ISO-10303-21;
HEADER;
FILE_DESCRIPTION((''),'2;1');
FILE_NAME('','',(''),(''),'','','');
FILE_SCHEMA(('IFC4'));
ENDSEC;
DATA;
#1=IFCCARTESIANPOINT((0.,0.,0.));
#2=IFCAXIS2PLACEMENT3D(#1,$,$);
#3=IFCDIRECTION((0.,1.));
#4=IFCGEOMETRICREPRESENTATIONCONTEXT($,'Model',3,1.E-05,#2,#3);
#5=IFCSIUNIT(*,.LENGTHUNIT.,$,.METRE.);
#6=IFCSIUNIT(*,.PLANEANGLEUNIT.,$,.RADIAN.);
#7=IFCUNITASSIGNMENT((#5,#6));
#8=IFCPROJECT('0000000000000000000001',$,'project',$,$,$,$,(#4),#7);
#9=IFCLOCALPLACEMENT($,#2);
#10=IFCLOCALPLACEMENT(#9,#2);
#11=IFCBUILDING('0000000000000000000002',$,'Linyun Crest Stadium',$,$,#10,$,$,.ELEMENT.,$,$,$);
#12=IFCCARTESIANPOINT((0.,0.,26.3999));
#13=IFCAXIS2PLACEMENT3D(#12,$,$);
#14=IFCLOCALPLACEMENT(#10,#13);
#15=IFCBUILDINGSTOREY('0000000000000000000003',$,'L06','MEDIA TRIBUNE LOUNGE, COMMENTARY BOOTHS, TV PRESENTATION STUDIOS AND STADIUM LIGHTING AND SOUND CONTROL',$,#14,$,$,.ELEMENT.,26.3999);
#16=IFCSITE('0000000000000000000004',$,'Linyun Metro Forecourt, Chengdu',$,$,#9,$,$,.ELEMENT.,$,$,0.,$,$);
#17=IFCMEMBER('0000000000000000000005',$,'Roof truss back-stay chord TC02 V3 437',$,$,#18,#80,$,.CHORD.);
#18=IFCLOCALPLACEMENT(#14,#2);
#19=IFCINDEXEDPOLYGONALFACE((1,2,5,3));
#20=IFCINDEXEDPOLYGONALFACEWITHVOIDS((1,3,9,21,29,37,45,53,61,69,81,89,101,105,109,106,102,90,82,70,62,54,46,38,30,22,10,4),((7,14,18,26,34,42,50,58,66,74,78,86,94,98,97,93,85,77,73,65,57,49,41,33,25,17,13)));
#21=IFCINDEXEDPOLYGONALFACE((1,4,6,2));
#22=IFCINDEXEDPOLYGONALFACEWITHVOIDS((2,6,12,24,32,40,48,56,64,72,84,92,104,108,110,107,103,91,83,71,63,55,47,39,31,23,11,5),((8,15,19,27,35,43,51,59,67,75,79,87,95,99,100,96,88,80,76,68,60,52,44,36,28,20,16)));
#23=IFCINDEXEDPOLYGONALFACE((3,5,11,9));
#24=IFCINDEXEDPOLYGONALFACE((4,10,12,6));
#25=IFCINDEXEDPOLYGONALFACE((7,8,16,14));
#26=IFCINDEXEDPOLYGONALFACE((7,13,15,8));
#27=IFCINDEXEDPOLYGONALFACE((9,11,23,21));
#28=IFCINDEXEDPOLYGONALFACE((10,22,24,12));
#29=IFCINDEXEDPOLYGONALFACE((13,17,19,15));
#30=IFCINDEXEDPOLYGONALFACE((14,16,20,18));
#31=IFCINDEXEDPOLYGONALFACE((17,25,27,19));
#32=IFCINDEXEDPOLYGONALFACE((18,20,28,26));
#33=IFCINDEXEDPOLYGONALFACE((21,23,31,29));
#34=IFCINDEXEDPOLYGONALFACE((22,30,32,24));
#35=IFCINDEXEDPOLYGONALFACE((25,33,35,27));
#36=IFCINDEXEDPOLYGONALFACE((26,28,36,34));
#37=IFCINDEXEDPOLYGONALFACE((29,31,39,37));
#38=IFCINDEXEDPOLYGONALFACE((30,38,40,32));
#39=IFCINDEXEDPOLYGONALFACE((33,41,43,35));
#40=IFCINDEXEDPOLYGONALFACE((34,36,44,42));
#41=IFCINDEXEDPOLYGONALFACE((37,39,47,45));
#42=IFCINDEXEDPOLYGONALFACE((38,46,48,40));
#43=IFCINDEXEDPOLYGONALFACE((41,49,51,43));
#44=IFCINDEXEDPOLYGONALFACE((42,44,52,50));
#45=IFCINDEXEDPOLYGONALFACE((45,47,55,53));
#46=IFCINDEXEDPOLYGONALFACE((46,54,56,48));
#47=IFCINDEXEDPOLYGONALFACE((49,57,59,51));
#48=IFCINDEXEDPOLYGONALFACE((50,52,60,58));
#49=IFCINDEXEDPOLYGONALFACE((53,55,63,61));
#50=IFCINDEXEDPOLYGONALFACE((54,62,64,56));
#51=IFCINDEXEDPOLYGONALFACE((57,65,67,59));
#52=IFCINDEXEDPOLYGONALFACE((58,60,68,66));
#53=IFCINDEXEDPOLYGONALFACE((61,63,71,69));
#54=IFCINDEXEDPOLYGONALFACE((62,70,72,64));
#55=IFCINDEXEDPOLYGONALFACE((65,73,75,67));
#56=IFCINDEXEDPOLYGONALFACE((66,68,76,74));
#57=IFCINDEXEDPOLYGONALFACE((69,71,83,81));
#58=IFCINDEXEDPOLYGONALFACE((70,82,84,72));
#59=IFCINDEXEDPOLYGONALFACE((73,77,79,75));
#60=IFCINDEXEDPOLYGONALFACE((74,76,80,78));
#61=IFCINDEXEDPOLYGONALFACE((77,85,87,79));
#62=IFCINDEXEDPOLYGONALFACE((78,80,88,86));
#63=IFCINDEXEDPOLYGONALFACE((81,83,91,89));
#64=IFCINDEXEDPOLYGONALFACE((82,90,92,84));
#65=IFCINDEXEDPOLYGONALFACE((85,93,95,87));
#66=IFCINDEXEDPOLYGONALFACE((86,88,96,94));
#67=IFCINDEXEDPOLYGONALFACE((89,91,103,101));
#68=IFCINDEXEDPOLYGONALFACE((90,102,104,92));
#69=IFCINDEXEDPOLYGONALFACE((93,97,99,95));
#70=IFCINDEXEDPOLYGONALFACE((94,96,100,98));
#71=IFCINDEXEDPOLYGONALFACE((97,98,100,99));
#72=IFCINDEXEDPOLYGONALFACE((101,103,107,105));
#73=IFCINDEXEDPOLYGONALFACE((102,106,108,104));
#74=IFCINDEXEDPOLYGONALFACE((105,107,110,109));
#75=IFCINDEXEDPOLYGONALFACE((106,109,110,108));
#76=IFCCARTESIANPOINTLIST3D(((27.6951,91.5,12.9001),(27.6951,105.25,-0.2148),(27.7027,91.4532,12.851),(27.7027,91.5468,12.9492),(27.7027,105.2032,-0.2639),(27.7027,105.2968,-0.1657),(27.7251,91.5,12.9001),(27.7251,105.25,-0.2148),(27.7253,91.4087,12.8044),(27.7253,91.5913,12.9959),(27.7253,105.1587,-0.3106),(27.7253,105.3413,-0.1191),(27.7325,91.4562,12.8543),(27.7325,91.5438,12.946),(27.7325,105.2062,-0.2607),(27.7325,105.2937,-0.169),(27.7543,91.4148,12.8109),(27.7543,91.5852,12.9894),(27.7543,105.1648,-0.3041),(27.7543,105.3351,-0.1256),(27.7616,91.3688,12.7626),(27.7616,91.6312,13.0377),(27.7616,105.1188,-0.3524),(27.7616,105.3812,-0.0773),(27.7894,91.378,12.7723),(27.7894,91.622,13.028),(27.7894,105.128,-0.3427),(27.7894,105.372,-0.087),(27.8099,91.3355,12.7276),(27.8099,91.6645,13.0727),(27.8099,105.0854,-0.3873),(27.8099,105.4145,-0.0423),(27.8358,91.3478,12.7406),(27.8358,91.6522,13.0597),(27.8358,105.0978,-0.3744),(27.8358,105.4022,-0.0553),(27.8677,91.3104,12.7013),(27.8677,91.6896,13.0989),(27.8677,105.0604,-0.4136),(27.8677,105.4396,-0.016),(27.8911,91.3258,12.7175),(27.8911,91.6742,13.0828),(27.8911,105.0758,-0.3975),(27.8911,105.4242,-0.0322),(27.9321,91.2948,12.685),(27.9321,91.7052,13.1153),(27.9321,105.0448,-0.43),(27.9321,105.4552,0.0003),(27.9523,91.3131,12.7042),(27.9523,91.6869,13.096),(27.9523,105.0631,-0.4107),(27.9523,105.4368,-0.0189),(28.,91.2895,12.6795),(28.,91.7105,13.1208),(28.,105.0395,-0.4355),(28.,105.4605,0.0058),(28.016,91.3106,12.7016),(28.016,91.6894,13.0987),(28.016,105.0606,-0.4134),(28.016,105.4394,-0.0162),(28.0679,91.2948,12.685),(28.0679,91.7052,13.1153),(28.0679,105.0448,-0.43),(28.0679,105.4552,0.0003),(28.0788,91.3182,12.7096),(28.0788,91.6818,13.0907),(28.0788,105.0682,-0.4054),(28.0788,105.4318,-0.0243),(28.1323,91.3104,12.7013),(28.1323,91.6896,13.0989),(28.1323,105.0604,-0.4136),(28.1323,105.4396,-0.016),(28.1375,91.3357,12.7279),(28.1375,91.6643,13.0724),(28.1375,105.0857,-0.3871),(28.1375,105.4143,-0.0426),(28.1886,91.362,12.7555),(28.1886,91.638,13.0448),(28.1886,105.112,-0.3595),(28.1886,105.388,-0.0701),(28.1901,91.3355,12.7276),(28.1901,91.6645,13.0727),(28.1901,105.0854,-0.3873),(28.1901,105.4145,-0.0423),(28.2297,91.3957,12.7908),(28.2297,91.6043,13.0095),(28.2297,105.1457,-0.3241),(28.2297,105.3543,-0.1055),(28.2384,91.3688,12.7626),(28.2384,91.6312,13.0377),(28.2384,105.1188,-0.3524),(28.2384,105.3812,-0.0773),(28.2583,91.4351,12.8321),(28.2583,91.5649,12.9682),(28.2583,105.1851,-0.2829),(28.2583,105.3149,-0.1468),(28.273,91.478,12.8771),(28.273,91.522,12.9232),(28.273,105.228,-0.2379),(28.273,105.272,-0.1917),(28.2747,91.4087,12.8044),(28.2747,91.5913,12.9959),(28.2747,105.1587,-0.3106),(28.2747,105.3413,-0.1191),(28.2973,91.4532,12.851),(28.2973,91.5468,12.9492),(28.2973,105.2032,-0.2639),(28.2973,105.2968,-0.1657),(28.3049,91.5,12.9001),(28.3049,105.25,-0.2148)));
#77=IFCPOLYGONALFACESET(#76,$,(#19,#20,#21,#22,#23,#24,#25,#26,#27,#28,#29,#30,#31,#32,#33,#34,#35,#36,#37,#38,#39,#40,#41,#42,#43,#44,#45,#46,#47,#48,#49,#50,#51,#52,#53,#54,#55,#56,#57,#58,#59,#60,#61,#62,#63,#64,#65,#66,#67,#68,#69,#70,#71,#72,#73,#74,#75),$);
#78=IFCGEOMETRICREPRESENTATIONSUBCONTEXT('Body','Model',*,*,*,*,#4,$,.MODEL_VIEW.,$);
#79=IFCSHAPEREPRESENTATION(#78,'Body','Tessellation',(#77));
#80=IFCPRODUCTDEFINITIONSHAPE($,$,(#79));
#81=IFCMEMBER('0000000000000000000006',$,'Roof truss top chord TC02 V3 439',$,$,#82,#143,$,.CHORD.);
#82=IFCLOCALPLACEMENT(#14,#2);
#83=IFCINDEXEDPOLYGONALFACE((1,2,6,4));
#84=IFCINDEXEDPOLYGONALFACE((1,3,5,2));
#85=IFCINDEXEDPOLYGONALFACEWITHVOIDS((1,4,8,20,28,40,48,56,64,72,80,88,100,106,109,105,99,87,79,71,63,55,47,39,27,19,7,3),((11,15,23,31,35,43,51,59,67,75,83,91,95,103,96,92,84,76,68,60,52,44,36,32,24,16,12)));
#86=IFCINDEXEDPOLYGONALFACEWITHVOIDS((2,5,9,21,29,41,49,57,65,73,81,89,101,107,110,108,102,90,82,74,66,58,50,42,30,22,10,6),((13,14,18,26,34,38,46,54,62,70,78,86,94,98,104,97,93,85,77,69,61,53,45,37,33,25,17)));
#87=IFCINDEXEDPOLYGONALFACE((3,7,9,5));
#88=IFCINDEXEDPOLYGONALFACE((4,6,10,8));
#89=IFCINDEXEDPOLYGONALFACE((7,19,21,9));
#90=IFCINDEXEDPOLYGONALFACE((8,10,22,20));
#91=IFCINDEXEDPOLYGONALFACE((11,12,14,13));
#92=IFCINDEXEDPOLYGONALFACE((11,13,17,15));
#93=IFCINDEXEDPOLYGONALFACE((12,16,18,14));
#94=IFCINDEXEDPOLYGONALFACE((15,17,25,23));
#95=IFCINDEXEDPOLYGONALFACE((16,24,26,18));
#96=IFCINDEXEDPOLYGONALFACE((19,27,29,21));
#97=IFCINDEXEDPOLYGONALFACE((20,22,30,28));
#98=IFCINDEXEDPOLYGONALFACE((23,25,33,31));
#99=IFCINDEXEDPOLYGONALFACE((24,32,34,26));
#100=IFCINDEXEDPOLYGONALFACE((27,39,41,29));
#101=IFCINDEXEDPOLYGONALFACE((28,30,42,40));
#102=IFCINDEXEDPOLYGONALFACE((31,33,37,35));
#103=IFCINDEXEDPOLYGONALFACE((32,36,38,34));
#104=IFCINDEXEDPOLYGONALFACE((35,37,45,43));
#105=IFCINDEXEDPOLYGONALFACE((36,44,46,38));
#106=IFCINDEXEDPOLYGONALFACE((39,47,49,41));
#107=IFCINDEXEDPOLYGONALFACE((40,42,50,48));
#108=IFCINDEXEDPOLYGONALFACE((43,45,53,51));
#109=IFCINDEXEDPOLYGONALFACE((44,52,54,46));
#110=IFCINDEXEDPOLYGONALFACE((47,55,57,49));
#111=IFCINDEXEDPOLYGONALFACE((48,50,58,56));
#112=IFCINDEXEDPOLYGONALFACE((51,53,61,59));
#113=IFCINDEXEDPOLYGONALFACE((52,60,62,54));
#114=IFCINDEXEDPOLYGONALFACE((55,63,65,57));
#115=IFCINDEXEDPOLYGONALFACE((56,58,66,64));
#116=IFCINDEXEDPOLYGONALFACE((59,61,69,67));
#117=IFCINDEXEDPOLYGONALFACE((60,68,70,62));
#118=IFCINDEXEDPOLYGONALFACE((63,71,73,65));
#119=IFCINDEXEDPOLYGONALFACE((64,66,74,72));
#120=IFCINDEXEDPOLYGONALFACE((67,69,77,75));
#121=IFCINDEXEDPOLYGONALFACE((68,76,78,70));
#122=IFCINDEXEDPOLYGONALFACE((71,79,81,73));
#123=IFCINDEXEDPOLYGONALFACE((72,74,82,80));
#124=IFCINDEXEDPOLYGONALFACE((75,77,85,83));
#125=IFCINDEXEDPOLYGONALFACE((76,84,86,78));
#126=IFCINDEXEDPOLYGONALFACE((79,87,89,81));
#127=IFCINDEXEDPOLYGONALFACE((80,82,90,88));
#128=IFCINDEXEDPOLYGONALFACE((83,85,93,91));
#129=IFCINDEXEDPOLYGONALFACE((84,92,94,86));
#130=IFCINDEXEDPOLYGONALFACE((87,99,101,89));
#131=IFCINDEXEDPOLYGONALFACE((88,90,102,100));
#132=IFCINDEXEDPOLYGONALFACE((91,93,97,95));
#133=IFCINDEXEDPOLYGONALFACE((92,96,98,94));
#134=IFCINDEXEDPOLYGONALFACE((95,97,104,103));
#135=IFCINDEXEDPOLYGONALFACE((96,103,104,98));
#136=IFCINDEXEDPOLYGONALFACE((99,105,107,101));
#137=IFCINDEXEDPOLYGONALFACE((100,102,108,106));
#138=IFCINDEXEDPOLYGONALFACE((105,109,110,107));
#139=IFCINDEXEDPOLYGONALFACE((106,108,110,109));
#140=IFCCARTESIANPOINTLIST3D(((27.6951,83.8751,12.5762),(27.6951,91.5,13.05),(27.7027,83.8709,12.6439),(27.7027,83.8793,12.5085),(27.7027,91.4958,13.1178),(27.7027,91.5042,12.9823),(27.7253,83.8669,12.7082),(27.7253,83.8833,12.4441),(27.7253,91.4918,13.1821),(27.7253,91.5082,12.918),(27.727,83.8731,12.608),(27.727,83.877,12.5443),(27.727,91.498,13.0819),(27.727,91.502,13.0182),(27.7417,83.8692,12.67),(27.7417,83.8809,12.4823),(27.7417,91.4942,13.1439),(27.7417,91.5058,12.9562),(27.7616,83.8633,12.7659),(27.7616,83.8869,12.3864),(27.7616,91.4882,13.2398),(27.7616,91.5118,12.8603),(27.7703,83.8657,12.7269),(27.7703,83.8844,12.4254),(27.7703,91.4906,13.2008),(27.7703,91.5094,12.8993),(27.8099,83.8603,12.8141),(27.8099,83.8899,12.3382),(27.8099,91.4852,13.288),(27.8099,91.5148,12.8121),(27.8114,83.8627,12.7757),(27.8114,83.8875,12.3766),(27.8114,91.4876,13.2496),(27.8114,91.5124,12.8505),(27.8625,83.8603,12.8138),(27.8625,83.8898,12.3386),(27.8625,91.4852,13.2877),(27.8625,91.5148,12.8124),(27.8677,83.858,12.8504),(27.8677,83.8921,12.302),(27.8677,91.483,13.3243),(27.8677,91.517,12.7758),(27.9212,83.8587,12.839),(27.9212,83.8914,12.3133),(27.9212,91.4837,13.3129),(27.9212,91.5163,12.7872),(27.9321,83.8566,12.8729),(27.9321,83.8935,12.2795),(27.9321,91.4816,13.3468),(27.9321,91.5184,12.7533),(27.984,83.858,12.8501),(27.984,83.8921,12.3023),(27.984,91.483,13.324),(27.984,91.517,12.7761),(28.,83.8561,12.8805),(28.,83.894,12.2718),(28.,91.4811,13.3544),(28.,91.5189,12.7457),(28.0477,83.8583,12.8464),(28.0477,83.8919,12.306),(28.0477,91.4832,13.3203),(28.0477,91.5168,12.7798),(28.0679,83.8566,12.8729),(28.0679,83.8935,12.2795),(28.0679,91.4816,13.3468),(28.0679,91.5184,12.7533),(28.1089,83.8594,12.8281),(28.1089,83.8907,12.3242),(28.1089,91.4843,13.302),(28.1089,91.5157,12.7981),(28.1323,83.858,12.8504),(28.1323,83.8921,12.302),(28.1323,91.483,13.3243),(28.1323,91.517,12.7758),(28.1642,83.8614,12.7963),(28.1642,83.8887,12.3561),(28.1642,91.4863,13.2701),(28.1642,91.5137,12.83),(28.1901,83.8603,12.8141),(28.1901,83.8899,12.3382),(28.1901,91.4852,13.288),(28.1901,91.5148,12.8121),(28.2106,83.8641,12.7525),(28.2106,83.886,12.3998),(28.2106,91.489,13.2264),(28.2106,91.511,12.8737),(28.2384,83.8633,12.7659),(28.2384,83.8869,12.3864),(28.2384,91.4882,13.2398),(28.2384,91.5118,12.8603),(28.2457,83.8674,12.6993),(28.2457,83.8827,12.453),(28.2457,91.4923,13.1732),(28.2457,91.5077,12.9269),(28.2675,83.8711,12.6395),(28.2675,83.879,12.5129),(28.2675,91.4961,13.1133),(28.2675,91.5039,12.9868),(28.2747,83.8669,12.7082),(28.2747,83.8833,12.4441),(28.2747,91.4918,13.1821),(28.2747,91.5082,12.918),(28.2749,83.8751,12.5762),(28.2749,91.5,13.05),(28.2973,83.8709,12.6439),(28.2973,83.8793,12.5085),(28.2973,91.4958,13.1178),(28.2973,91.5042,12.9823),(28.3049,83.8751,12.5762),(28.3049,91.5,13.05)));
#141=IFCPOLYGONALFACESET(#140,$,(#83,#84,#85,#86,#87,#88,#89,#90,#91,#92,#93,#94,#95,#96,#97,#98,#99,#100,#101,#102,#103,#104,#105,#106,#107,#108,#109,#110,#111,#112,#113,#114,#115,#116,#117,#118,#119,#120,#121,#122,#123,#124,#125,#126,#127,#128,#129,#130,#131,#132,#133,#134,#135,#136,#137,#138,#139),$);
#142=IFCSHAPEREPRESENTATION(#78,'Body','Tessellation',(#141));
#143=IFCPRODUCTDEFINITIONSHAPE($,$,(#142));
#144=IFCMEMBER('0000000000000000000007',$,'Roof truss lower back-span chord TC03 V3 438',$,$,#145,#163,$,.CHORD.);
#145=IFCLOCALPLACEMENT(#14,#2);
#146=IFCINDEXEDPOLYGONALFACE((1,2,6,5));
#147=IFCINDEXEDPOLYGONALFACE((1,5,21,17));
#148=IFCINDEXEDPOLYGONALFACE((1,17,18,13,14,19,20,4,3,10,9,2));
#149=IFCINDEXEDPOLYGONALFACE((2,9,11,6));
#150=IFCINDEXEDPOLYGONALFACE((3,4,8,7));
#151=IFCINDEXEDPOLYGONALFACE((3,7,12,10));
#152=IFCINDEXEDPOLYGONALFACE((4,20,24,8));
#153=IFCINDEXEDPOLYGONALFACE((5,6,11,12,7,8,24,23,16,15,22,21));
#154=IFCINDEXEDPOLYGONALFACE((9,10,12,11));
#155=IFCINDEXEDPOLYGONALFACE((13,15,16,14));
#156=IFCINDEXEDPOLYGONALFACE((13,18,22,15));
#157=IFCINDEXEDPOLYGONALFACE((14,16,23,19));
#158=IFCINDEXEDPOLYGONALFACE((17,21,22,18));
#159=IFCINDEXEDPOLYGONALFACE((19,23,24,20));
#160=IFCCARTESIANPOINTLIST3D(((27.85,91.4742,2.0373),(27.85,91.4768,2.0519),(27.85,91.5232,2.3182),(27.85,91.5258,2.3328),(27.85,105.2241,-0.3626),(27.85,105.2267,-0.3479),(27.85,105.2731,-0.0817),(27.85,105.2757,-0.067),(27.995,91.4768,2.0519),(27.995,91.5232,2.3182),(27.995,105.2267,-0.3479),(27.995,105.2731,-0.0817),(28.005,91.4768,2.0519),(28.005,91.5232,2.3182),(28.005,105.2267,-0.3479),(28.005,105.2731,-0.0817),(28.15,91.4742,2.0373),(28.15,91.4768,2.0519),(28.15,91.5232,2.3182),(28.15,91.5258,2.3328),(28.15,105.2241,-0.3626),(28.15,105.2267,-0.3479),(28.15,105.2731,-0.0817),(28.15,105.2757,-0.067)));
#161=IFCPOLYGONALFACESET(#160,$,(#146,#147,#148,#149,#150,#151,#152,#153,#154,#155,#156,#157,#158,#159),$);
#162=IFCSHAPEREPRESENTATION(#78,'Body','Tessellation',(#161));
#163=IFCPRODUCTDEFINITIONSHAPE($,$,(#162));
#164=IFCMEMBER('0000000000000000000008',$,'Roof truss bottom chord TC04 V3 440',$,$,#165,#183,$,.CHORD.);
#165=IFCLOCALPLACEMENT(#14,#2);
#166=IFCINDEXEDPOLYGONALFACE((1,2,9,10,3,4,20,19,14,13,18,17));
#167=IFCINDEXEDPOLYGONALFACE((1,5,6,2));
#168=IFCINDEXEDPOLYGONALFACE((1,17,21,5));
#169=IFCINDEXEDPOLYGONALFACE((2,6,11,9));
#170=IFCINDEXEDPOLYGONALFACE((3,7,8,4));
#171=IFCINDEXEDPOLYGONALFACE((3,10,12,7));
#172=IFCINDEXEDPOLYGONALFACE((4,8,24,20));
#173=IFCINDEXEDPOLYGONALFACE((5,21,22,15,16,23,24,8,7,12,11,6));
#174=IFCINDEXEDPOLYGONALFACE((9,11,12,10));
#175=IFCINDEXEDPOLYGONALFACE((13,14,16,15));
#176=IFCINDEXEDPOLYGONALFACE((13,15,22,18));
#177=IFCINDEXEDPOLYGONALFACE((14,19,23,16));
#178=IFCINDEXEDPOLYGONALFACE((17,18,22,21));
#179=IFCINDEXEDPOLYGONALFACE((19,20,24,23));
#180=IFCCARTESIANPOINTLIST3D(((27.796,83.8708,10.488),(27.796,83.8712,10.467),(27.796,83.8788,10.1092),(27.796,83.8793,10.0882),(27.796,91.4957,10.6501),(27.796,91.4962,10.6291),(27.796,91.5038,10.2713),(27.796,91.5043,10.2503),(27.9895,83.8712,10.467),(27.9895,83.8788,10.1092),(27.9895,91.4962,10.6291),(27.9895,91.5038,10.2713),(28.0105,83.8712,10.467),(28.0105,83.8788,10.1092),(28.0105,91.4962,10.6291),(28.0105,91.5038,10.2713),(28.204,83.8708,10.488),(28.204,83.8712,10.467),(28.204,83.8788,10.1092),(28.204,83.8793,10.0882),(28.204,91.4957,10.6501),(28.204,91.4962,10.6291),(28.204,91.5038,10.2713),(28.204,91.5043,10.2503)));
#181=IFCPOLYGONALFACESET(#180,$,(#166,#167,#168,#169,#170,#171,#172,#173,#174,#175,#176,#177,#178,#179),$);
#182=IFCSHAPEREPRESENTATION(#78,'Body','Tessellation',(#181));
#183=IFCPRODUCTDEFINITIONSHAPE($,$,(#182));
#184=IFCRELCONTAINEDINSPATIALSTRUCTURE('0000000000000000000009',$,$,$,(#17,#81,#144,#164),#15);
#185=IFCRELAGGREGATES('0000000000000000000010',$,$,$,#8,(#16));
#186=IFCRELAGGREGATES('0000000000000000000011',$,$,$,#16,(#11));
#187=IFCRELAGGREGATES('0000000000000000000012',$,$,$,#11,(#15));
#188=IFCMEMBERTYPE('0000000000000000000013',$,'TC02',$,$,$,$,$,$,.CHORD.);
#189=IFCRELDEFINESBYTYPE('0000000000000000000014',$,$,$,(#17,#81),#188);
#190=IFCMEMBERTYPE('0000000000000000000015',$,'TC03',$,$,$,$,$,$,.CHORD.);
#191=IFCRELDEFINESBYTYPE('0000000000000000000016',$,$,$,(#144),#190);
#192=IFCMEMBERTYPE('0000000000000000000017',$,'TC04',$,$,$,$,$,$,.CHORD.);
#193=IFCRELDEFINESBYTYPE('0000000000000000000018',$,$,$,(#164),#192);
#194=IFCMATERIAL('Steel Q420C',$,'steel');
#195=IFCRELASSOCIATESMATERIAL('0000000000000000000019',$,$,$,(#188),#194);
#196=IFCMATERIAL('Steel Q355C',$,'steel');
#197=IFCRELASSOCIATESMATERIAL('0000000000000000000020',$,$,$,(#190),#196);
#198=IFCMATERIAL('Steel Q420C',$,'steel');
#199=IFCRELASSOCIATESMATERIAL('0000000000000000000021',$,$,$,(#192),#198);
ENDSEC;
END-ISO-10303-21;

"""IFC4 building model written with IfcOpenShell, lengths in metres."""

from ifc_helpers import new_model, si_unit, direction, frame, origin, origin_2d, place, context, subcontext, project, spatial, hollow_circle, i_section, extrude, material, material_profile, profile_set, type_object, element, save


model = new_model("IFC4")

# Units and contexts
model_context = context("Model", 3, precision=1e-05, world=origin(), true_north=direction((0.0, 1.0)))
body_context = subcontext(model_context, "Body", "Model", "MODEL_VIEW")
ifc_project = project(units=[si_unit("LENGTHUNIT", "METRE"), si_unit("PLANEANGLEUNIT", "RADIAN")], contexts=[model_context])

# Site, building, storey
site_placement = place(None, origin())
site = spatial("IfcSite", under=ifc_project, at=site_placement, Name="Linyun Metro Forecourt, Chengdu", CompositionType="ELEMENT", RefElevation=0.0)
building_placement = place(site_placement, origin())
building = spatial("IfcBuilding", under=site, at=building_placement, Name="Linyun Crest Stadium", CompositionType="ELEMENT")
storey_placement = place(building_placement, frame((0.0, 0.0, 26.3999)))
storey = spatial("IfcBuildingStorey", under=building, at=storey_placement, Name="L06", Description="MEDIA TRIBUNE LOUNGE, COMMENTARY BOOTHS, TV PRESENTATION STUDIOS AND STADIUM LIGHTING AND SOUND CONTROL", CompositionType="ELEMENT", Elevation=26.3999)

# Members
ifc_material_1 = material(Name="Steel Q420C", Category="steel")
ifc_material_profile_1 = material_profile(ifc_material_1, hollow_circle(Radius=0.3049, WallThickness=0.03, at=origin_2d()), Name="CHS 610x30")
ifc_profile_set_1 = profile_set([ifc_material_profile_1], Name="Steel Q420C")
member_type_1 = type_object("IfcMemberType", Name="TC02", PredefinedType="CHORD", material=ifc_profile_set_1)
member_1_placement = place(storey_placement, frame((28.0, 91.5, 12.9001), z_axis=(0.0, 0.723619, -0.6902), x_axis=(-1.0, 0.0, 0.0)))
element("IfcMember", 1, at=member_1_placement, inside=storey, type_object=member_type_1, Name="Roof truss back-stay chord TC02 V3 437", PredefinedType="CHORD", context=body_context, shape_type="SweptSolid", body=[
    extrude(hollow_circle(Radius=0.3049, WallThickness=0.03, at=origin_2d()), origin(), (0.0, 0.0, 1.0), 19.0017),
])
member_2_placement = place(storey_placement, frame((28.0, 91.5, 13.05), z_axis=(0.0, -0.998074, -0.062028), x_axis=(1.0, 0.0, 0.0)))
element("IfcMember", 2, at=member_2_placement, inside=storey, type_object=member_type_1, Name="Roof truss top chord TC02 V3 439", PredefinedType="CHORD", context=body_context, shape_type="SweptSolid", body=[
    extrude(hollow_circle(Radius=0.3049, WallThickness=0.03, at=origin_2d()), origin(), (0.0, 0.0, 1.0), 7.6396),
])
ifc_material_2 = material(Name="Steel Q355C", Category="steel")
ifc_material_profile_2 = material_profile(ifc_material_2, i_section(OverallWidth=0.3, OverallDepth=0.3, WebThickness=0.01, FlangeThickness=0.0149, at=origin_2d()), Name="HW 300x300")
ifc_profile_set_2 = profile_set([ifc_material_profile_2], Name="Steel Q355C")
member_type_2 = type_object("IfcMemberType", Name="TC03", PredefinedType="CHORD", material=ifc_profile_set_2)
member_3_placement = place(storey_placement, frame((28.0, 91.5, 2.1851), z_axis=(0.0, 0.985108, -0.171939), x_axis=(-1.0, 0.0, 0.0)))
element("IfcMember", 3, at=member_3_placement, inside=storey, type_object=member_type_2, Name="Roof truss lower back-span chord TC03 V3 438", PredefinedType="CHORD", context=body_context, shape_type="SweptSolid", body=[
    extrude(i_section(OverallWidth=0.3, OverallDepth=0.3, WebThickness=0.01, FlangeThickness=0.0149, at=origin_2d()), origin(), (0.0, 0.0, 1.0), 13.9578),
])
ifc_material_3 = material(Name="Steel Q420C", Category="steel")
ifc_material_profile_3 = material_profile(ifc_material_3, i_section(OverallWidth=0.408, OverallDepth=0.3999, WebThickness=0.021, FlangeThickness=0.021, at=origin_2d()), Name="HW 400x408")
ifc_profile_set_3 = profile_set([ifc_material_profile_3], Name="Steel Q420C")
member_type_3 = type_object("IfcMemberType", Name="TC04", PredefinedType="CHORD", material=ifc_profile_set_3)
member_4_placement = place(storey_placement, frame((28.0, 91.5, 10.4502), z_axis=(0.0, -0.999774, -0.021255), x_axis=(1.0, 0.0, 0.0)))
element("IfcMember", 4, at=member_4_placement, inside=storey, type_object=member_type_3, Name="Roof truss bottom chord TC04 V3 440", PredefinedType="CHORD", context=body_context, shape_type="SweptSolid", body=[
    extrude(i_section(OverallWidth=0.408, OverallDepth=0.3999, WebThickness=0.021, FlangeThickness=0.021, at=origin_2d()), origin(), (0.0, 0.0, 1.0), 7.6267),
])

save(model, "model.ifc")
